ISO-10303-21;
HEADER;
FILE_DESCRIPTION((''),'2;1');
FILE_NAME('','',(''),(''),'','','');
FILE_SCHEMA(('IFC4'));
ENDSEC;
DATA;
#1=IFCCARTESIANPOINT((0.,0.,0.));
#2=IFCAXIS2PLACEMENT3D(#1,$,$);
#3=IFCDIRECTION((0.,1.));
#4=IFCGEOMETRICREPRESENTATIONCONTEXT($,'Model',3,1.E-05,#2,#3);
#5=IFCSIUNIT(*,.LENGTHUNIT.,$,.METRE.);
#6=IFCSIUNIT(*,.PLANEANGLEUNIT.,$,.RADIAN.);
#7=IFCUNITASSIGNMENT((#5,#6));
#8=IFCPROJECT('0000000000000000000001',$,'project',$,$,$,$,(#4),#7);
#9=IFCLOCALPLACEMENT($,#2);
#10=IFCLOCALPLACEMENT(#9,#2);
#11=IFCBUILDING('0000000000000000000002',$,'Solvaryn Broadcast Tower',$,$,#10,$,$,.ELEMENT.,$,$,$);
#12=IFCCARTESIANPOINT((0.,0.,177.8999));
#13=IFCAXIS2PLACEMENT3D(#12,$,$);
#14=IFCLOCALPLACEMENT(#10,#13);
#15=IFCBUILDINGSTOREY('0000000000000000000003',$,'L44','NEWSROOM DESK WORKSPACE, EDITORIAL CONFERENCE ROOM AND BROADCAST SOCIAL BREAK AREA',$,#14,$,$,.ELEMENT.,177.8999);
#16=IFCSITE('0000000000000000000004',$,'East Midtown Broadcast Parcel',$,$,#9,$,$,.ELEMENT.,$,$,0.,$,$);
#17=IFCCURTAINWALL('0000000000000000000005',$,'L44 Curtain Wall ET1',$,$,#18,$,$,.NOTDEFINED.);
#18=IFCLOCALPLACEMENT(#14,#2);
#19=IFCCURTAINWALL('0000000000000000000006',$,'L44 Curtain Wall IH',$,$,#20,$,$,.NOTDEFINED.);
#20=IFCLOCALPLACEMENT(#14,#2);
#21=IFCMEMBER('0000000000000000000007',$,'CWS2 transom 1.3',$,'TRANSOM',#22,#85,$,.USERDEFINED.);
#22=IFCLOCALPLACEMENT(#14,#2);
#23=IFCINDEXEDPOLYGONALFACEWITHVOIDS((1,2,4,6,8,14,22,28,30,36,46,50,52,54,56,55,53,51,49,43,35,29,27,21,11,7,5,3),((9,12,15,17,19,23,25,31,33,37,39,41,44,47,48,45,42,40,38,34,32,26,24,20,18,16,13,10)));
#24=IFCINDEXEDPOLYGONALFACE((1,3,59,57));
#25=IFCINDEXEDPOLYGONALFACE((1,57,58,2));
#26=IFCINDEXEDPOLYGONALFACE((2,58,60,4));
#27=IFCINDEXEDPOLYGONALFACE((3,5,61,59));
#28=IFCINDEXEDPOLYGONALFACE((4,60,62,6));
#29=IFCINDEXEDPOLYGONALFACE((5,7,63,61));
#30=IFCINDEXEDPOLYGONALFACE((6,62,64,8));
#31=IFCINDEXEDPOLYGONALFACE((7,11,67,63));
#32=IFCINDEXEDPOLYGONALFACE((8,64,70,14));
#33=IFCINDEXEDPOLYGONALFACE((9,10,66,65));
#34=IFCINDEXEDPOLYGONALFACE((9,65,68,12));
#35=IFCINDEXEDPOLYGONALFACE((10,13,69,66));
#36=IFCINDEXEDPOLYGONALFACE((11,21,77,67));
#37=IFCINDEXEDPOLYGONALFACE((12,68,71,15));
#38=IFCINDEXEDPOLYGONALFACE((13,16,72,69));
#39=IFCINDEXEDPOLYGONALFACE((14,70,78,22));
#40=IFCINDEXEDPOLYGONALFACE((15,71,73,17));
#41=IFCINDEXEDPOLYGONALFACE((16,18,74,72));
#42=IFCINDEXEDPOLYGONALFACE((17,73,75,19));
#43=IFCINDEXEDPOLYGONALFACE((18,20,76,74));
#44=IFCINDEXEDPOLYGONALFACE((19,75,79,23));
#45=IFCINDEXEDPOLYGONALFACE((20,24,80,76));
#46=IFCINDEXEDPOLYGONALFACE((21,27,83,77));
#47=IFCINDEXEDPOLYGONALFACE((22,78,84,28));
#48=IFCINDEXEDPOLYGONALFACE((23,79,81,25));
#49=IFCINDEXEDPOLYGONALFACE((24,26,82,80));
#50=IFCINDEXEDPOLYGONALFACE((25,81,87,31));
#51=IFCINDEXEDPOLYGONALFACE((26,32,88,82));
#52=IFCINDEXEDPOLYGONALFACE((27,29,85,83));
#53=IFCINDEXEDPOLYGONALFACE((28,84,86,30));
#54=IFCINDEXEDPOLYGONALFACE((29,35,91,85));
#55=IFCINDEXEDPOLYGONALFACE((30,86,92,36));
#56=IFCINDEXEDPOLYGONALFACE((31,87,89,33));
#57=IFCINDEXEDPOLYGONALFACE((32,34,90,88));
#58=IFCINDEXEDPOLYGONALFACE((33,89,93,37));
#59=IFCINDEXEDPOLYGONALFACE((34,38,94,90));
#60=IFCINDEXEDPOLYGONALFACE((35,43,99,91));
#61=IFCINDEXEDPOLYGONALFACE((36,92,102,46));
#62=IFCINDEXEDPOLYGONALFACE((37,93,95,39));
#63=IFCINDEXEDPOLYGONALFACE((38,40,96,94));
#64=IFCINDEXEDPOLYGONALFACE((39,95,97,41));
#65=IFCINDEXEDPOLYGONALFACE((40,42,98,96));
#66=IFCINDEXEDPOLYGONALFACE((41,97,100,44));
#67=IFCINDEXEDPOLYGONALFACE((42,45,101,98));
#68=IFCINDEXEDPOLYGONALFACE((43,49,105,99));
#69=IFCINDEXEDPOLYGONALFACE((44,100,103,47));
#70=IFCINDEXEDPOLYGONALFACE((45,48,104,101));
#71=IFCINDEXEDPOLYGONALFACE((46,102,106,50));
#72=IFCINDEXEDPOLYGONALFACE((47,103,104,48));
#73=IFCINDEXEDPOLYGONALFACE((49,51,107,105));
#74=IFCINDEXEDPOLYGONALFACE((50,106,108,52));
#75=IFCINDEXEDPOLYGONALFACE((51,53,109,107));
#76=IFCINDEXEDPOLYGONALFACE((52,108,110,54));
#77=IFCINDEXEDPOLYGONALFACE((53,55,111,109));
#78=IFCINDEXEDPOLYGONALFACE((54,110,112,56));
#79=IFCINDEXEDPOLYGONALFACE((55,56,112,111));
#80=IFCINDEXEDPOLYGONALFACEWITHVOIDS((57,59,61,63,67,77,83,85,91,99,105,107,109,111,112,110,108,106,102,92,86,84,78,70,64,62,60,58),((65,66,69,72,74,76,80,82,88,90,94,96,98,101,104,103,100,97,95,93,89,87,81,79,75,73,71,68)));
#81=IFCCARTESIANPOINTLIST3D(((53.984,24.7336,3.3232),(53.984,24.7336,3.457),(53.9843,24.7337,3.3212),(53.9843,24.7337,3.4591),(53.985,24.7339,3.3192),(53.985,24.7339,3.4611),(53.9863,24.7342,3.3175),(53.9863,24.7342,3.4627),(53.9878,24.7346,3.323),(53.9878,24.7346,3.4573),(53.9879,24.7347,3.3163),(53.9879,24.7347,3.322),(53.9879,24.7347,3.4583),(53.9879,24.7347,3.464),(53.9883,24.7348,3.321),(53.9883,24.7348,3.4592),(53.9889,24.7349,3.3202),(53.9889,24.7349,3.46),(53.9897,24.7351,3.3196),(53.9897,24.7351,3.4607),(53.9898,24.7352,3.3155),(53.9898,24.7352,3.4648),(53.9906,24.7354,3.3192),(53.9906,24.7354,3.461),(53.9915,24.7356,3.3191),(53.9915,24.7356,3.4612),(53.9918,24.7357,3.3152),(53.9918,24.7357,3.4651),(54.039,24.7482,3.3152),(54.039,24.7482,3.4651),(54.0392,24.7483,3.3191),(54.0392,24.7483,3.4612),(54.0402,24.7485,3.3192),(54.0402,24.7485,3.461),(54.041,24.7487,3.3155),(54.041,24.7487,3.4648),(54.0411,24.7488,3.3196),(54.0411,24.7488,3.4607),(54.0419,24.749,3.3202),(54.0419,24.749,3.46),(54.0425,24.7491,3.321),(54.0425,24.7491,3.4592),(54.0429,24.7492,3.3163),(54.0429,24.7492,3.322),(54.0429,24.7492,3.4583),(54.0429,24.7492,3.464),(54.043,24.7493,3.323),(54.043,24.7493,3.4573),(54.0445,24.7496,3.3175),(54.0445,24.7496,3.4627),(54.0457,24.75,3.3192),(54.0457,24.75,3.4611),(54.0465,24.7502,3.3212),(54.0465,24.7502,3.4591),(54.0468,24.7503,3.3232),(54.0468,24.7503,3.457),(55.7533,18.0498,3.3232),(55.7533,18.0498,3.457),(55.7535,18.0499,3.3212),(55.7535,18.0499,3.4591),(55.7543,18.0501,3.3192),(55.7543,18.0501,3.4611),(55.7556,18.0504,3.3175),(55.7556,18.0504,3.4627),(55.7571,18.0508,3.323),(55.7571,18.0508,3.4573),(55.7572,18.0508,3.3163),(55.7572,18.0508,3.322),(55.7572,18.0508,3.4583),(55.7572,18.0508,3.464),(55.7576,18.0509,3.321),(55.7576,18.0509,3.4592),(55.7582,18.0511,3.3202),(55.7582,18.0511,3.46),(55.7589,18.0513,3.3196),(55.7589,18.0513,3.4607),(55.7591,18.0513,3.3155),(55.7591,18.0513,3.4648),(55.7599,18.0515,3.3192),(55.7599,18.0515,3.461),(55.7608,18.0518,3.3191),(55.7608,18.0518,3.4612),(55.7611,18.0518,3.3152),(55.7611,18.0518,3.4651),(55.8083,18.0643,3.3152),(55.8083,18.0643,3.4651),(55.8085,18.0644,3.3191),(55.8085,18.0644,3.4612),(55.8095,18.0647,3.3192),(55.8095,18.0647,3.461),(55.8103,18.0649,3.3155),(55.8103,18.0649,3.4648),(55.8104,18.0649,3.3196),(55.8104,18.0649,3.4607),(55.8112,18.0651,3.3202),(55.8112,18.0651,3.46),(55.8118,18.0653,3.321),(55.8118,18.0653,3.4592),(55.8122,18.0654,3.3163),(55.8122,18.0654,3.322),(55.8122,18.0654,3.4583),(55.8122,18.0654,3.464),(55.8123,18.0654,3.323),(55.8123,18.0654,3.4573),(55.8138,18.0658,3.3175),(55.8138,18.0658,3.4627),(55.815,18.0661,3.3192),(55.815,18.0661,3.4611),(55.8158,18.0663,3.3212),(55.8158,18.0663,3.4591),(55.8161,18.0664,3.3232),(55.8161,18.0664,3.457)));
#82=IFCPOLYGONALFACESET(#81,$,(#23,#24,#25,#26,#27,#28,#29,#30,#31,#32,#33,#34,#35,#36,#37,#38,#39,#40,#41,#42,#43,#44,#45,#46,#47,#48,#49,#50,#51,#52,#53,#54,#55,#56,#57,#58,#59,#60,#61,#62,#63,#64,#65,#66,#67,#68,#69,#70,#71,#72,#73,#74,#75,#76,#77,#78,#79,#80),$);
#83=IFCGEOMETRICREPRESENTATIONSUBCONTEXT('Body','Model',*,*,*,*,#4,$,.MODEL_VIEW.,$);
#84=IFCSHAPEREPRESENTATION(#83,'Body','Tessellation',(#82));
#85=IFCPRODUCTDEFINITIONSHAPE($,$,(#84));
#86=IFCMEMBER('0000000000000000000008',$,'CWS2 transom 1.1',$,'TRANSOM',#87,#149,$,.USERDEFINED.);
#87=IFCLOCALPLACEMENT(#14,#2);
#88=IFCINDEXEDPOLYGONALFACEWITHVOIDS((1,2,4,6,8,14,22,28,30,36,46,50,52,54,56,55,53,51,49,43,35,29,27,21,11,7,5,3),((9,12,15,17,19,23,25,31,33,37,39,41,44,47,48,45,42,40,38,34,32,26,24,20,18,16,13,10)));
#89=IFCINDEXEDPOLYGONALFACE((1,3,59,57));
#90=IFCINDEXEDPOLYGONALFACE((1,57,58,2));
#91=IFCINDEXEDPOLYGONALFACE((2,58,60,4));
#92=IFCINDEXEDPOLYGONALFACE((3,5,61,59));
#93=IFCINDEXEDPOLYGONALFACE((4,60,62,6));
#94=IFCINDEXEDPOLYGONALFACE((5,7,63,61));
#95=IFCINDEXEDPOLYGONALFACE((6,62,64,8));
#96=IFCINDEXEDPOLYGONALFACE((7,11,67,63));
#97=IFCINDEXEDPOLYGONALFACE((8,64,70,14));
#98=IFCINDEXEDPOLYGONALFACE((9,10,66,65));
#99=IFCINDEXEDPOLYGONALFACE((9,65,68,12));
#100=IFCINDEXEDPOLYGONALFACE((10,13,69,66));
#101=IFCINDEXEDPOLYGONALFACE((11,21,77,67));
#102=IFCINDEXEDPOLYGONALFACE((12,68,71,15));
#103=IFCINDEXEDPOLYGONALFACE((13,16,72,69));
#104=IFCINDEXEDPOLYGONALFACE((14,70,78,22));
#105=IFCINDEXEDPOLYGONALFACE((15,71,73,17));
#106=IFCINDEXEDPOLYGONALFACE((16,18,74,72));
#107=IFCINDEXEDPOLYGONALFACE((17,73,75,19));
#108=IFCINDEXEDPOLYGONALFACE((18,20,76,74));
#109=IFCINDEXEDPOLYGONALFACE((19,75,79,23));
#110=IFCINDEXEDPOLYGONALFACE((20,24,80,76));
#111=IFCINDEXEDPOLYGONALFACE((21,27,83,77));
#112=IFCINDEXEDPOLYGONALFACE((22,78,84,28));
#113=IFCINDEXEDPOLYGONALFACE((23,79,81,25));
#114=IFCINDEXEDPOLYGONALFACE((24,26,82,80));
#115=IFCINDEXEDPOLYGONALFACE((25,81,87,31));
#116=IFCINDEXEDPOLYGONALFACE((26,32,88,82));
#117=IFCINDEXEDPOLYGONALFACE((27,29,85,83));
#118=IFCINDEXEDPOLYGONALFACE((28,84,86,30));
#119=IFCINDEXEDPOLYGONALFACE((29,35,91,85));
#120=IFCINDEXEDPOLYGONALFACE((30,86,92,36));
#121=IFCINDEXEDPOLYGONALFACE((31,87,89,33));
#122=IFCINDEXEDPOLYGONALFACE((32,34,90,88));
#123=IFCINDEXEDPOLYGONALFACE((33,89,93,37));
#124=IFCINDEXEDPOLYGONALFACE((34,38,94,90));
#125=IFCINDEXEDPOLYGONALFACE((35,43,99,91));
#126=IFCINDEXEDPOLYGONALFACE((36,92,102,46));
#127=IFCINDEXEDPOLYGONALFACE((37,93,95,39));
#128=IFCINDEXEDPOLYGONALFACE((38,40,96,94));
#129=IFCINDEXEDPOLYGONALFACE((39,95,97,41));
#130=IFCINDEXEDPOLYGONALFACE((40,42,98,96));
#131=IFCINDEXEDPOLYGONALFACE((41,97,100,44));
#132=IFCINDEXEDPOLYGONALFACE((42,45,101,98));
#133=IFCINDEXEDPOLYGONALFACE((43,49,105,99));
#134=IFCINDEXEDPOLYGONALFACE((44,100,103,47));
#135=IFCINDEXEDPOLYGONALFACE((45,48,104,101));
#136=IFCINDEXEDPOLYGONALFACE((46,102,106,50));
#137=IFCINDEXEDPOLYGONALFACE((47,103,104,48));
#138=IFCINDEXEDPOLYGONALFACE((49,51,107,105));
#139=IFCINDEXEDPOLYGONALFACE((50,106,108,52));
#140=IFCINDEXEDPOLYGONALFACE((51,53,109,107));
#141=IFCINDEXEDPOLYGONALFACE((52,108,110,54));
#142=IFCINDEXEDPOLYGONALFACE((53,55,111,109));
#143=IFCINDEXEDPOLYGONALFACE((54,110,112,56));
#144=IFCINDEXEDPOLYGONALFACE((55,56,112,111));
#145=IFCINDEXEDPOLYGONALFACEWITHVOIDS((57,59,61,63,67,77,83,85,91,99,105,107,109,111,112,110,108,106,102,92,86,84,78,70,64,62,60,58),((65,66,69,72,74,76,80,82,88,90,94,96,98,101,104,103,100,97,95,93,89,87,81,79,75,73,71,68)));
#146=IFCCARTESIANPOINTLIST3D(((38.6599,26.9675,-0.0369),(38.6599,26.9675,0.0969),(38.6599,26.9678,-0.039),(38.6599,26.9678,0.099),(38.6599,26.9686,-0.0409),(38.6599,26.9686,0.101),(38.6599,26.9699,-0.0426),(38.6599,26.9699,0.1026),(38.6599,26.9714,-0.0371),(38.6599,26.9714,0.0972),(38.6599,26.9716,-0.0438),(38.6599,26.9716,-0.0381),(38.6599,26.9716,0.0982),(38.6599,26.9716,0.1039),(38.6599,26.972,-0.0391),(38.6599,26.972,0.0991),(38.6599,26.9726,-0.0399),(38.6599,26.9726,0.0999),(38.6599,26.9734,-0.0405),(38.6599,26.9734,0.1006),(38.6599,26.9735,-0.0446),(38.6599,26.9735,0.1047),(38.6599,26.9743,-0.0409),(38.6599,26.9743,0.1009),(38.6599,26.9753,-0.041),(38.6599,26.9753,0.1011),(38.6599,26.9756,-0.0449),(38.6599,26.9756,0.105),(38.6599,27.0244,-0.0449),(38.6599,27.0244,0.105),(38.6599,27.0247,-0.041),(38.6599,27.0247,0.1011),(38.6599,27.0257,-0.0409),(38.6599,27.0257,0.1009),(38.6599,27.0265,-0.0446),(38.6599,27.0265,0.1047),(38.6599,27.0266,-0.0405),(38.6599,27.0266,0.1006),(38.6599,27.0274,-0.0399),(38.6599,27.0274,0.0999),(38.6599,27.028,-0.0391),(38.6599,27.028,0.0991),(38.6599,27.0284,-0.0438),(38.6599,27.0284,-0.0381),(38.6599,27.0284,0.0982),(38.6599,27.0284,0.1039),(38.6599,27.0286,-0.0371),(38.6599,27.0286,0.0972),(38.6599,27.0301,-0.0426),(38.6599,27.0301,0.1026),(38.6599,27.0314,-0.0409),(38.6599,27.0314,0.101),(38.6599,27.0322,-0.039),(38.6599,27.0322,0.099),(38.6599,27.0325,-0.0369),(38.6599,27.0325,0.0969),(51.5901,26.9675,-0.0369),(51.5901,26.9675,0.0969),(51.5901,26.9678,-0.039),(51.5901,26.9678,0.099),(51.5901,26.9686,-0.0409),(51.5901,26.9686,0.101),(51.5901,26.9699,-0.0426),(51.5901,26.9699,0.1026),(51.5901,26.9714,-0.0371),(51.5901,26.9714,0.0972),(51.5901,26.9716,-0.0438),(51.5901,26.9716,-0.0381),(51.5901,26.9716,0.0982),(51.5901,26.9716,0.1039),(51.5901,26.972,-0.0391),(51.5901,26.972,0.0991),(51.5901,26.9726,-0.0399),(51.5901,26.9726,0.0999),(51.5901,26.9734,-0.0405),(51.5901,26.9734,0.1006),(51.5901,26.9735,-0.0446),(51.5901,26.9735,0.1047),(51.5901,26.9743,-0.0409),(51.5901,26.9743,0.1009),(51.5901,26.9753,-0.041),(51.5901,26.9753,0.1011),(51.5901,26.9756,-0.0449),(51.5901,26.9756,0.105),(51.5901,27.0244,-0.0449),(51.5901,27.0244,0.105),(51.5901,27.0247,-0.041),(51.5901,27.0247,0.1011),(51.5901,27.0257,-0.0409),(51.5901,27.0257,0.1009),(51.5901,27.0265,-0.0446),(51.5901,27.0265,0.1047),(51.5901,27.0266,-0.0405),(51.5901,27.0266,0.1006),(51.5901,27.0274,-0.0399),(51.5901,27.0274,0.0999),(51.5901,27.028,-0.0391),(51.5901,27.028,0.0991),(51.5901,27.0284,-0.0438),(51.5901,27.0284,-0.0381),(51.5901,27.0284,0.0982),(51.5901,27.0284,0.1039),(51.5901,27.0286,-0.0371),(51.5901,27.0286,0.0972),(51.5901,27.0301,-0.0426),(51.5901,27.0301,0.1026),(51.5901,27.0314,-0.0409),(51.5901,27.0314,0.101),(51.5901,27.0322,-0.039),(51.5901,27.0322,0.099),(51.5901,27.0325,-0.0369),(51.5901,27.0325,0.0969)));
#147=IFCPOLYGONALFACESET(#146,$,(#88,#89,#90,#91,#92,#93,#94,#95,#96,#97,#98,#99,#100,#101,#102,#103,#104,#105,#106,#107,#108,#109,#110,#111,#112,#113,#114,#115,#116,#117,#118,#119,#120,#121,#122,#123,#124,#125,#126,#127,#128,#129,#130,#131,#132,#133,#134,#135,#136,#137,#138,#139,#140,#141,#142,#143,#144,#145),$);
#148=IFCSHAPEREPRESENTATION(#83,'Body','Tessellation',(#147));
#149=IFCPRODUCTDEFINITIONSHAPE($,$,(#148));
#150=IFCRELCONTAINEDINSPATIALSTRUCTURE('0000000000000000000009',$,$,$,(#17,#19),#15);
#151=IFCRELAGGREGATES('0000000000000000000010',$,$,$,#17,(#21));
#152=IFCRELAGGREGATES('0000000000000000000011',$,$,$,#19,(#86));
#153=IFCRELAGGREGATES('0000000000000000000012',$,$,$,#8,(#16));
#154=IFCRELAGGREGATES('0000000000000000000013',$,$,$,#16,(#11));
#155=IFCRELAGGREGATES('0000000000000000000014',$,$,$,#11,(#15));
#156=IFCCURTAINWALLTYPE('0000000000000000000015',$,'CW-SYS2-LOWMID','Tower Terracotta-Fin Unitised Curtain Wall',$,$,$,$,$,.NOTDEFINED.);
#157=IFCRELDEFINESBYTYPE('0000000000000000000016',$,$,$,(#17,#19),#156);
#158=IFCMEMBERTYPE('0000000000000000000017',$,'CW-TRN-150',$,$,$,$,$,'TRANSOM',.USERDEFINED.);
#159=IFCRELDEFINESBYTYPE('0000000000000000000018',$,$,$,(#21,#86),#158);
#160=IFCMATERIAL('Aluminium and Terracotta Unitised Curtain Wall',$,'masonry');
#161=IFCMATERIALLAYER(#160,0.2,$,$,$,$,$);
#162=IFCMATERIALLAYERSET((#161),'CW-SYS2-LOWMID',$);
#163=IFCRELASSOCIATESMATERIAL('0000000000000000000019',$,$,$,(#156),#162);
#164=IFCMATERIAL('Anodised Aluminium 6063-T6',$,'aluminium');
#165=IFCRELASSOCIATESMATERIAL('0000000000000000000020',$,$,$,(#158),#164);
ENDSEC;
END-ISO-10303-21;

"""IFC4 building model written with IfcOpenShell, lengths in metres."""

from ifc_helpers import new_model, si_unit, direction, frame, origin, origin_2d, place, context, subcontext, project, spatial, hollow_rectangle, extrude, material, layer, layer_set, material_profile, profile_set, type_object, element, aggregate, save


model = new_model("IFC4")

# Units and contexts
model_context = context("Model", 3, precision=1e-05, world=origin(), true_north=direction((0.0, 1.0)))
body_context = subcontext(model_context, "Body", "Model", "MODEL_VIEW")
ifc_project = project(units=[si_unit("LENGTHUNIT", "METRE"), si_unit("PLANEANGLEUNIT", "RADIAN")], contexts=[model_context])

# Site, building, storey
site_placement = place(None, origin())
site = spatial("IfcSite", under=ifc_project, at=site_placement, Name="East Midtown Broadcast Parcel", CompositionType="ELEMENT", RefElevation=0.0)
building_placement = place(site_placement, origin())
building = spatial("IfcBuilding", under=site, at=building_placement, Name="Solvaryn Broadcast Tower", CompositionType="ELEMENT")
storey_placement = place(building_placement, frame((0.0, 0.0, 177.8999)))
storey = spatial("IfcBuildingStorey", under=building, at=storey_placement, Name="L44", Description="NEWSROOM DESK WORKSPACE, EDITORIAL CONFERENCE ROOM AND BROADCAST SOCIAL BREAK AREA", CompositionType="ELEMENT", Elevation=177.8999)

# Curtain walls
ifc_material_1 = material(Name="Aluminium and Terracotta Unitised Curtain Wall", Category="masonry")
ifc_layer_1 = layer(ifc_material_1, 0.2)
ifc_layer_set_1 = layer_set([ifc_layer_1], Name="CW-SYS2-LOWMID")
curtain_wall_type = type_object("IfcCurtainWallType", Name="CW-SYS2-LOWMID", Description="Tower Terracotta-Fin Unitised Curtain Wall", PredefinedType="NOTDEFINED", material=ifc_layer_set_1)
curtain_wall_1_placement = place(storey_placement, origin())
curtain_wall_1 = element("IfcCurtainWall", 1, at=curtain_wall_1_placement, inside=storey, type_object=curtain_wall_type, Name="L44 Curtain Wall ET1", PredefinedType="NOTDEFINED")
curtain_wall_2_placement = place(storey_placement, origin())
curtain_wall_2 = element("IfcCurtainWall", 2, at=curtain_wall_2_placement, inside=storey, type_object=curtain_wall_type, Name="L44 Curtain Wall IH", PredefinedType="NOTDEFINED")

# Members
ifc_material_2 = material(Name="Anodised Aluminium 6063-T6", Category="aluminium")
ifc_material_profile_1 = material_profile(ifc_material_2, hollow_rectangle(XDim=0.0649, YDim=0.1499, WallThickness=0.0039, InnerFilletRadius=0.0039, OuterFilletRadius=0.0081, at=origin_2d()))
ifc_profile_set_1 = profile_set([ifc_material_profile_1], Name="Anodised Aluminium 6063-T6")
member_type_1 = type_object("IfcMemberType", Name="CW-TRN-150", ElementType="TRANSOM", PredefinedType="USERDEFINED", material=ifc_profile_set_1)
member_1_placement = place(storey_placement, frame((54.0154, 24.7419, 3.3901), z_axis=(0.255897, -0.966704, 0.0), x_axis=(0.966704, 0.255897, 0.0)))
member_1 = element("IfcMember", 3, at=member_1_placement, type_object=member_type_1, Name="CWS2 transom 1.3", ObjectType="TRANSOM", PredefinedType="USERDEFINED", context=body_context, shape_type="SweptSolid", body=[
    extrude(hollow_rectangle(XDim=0.0649, YDim=0.1499, WallThickness=0.0039, InnerFilletRadius=0.0039, OuterFilletRadius=0.0081, at=origin_2d()), origin(), (0.0, 0.0, 1.0), 6.9141),
])
member_2_placement = place(storey_placement, frame((38.6599, 27.0, 0.03), z_axis=(1.0, 0.0, 0.0), x_axis=(0.0, 1.0, 0.0)))
member_2 = element("IfcMember", 4, at=member_2_placement, type_object=member_type_1, Name="CWS2 transom 1.1", ObjectType="TRANSOM", PredefinedType="USERDEFINED", context=body_context, shape_type="SweptSolid", body=[
    extrude(hollow_rectangle(XDim=0.0649, YDim=0.1499, WallThickness=0.0039, InnerFilletRadius=0.0039, OuterFilletRadius=0.0081, at=origin_2d()), origin(), (0.0, 0.0, 1.0), 12.9302),
])

aggregate(curtain_wall_1, [member_1])
aggregate(curtain_wall_2, [member_2])

save(model, "model.ifc")
